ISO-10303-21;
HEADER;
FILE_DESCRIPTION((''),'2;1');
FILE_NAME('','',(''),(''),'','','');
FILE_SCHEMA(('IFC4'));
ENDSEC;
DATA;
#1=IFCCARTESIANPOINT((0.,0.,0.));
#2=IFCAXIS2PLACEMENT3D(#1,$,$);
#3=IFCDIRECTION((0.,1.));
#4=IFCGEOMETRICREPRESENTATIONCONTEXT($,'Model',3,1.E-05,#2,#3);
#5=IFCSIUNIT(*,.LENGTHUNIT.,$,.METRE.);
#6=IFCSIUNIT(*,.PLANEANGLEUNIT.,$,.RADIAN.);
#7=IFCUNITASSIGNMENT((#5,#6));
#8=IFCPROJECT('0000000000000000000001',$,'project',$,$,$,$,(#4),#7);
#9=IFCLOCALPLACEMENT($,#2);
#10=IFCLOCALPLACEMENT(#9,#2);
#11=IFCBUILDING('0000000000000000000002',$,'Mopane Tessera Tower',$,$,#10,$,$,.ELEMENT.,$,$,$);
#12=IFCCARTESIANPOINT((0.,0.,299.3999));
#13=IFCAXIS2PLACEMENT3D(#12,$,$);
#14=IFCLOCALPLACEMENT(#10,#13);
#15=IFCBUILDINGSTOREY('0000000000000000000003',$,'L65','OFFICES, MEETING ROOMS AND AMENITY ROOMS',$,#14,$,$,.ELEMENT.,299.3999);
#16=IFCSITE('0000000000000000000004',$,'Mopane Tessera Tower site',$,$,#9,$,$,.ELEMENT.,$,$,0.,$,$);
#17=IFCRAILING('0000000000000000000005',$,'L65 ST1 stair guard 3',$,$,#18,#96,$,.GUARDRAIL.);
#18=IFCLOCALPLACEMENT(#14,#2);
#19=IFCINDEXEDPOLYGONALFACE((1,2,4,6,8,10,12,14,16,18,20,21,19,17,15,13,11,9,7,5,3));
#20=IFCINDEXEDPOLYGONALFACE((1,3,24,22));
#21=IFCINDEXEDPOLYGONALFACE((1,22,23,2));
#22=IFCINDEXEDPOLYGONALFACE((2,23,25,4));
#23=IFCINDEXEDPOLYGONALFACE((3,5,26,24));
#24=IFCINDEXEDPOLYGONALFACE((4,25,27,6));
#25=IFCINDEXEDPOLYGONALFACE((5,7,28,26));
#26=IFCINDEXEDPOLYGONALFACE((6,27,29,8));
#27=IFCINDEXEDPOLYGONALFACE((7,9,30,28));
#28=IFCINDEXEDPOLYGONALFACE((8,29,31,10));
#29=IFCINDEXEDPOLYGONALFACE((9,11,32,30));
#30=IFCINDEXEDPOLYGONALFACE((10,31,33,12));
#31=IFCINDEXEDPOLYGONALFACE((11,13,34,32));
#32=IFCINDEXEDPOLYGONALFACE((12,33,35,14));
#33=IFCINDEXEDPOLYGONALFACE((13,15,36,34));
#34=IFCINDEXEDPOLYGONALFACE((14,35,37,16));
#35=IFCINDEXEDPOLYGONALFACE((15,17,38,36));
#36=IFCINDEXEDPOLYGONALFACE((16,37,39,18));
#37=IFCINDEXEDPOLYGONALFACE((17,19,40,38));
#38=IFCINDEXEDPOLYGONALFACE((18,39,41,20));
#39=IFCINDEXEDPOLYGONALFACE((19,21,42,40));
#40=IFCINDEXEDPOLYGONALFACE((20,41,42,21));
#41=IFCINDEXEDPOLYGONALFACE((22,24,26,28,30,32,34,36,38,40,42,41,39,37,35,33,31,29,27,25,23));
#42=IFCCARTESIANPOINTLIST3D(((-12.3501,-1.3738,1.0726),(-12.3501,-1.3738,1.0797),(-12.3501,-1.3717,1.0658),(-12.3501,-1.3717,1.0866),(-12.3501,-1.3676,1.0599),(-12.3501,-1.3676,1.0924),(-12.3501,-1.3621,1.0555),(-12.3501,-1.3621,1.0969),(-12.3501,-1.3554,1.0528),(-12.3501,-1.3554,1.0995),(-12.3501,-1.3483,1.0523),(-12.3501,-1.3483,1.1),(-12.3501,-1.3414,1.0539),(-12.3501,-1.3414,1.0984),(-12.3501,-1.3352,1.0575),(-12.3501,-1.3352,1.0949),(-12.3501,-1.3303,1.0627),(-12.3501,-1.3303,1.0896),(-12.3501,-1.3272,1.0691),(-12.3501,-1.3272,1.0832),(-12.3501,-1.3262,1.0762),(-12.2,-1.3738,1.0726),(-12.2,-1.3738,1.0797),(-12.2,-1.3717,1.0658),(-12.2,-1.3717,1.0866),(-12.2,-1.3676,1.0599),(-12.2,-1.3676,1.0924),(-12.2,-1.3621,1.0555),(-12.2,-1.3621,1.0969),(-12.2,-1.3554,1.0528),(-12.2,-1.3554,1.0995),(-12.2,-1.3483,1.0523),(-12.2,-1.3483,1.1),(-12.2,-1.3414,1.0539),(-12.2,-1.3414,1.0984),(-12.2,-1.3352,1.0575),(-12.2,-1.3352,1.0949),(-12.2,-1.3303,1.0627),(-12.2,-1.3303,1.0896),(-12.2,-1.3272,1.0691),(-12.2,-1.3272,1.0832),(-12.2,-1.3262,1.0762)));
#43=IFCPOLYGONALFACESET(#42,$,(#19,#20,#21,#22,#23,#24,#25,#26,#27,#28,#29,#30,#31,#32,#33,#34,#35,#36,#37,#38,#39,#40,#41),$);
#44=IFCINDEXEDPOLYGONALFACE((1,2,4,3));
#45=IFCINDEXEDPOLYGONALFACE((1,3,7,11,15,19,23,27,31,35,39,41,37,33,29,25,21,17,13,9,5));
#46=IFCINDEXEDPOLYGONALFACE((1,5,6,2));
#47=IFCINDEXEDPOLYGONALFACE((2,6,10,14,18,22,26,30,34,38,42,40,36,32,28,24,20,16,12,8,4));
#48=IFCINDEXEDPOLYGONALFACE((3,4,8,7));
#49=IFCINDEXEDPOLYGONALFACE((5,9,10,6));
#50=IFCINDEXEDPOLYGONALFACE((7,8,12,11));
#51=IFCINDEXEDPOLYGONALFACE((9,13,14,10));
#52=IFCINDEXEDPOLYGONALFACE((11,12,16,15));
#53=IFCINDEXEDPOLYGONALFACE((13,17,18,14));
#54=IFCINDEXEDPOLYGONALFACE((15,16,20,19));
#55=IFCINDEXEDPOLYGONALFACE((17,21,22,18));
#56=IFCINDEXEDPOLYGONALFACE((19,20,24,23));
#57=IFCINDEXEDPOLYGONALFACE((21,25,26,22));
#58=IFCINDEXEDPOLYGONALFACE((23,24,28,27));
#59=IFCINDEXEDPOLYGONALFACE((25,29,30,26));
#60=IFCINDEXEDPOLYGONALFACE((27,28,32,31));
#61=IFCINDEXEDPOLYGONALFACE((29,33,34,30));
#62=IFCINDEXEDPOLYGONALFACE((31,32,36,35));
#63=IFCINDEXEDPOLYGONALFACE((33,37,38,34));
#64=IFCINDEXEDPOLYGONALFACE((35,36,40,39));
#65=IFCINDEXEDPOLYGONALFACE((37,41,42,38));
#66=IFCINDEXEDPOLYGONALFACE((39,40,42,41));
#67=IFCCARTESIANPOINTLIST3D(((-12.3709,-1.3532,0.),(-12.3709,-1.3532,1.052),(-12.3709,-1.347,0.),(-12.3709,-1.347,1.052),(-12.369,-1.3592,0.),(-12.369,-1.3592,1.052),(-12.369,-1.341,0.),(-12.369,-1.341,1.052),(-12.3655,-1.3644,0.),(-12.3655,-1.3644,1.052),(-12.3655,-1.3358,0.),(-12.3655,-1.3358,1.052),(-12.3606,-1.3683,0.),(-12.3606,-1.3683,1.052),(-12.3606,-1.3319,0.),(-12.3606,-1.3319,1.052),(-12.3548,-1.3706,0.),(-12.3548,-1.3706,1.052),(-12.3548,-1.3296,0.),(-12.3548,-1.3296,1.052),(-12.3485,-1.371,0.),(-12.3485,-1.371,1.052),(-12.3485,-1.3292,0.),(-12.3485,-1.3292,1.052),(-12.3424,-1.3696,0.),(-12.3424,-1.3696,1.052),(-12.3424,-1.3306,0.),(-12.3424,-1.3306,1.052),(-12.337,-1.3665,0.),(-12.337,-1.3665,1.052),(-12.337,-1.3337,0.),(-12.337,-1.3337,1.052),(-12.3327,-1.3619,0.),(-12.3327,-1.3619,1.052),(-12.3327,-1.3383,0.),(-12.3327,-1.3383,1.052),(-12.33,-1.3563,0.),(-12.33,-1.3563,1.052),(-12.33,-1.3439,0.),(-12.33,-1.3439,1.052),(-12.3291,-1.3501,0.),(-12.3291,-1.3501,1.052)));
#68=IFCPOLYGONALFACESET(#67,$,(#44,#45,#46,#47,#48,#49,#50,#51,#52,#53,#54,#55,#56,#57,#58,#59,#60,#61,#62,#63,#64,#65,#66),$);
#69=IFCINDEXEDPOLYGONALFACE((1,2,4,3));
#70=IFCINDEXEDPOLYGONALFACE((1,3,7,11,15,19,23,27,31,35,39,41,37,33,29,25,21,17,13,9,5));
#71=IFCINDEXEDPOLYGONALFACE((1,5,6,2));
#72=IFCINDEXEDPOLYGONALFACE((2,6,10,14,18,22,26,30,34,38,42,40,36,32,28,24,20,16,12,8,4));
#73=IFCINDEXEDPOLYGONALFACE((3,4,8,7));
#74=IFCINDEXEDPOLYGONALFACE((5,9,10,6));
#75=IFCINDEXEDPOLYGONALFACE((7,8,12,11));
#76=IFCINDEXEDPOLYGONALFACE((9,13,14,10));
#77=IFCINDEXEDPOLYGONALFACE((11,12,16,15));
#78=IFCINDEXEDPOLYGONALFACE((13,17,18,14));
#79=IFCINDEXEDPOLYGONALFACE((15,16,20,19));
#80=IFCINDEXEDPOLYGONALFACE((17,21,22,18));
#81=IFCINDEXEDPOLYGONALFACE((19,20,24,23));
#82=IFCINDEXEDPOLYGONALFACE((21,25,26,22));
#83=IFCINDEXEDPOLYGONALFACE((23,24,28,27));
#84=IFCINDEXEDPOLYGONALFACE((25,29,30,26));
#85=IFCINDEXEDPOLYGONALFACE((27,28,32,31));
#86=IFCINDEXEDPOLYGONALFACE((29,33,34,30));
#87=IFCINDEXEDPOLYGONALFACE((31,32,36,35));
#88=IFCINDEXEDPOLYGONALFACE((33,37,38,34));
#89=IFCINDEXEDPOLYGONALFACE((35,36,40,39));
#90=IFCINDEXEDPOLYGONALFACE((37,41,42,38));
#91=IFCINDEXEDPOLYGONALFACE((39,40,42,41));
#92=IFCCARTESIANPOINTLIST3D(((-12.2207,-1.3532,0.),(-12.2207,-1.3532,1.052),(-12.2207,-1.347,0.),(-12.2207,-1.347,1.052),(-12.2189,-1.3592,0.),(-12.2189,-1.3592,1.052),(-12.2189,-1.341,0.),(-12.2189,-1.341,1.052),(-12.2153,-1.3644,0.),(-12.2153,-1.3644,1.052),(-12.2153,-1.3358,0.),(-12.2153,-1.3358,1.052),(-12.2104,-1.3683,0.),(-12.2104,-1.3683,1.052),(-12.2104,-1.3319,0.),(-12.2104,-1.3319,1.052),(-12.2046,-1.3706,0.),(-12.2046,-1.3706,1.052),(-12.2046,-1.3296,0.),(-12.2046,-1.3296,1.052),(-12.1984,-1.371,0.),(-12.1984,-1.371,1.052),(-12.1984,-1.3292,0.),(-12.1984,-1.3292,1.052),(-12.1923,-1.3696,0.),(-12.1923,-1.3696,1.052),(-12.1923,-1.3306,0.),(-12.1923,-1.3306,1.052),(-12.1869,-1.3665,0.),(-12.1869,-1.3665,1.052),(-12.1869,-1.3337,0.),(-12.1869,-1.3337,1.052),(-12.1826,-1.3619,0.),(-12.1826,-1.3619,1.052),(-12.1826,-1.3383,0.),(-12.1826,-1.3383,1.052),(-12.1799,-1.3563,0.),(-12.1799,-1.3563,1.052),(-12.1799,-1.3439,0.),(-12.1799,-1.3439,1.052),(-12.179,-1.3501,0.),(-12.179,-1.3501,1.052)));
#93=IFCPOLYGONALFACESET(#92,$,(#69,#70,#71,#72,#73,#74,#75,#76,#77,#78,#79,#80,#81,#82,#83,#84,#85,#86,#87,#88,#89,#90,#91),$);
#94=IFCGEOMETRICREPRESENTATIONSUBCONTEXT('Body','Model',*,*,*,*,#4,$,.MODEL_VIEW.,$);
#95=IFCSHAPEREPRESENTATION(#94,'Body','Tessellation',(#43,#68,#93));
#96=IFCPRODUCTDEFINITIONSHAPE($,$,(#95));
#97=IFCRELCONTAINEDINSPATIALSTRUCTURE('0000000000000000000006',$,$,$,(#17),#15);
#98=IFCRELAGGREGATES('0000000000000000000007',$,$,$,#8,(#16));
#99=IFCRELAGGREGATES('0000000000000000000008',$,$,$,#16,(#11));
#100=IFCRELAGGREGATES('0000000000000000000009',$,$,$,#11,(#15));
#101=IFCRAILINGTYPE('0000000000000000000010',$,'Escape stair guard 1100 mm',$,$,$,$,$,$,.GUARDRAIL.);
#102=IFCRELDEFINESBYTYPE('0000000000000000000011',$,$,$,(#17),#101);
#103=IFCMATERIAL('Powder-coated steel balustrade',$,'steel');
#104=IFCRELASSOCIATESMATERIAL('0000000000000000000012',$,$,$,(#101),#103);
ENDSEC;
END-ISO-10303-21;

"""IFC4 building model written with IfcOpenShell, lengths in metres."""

from ifc_helpers import new_model, si_unit, direction, frame, origin, origin_2d, place, context, subcontext, project, spatial, circle, extrude, material, type_object, element, save


model = new_model("IFC4")

# Units and contexts
model_context = context("Model", 3, precision=1e-05, world=origin(), true_north=direction((0.0, 1.0)))
body_context = subcontext(model_context, "Body", "Model", "MODEL_VIEW")
ifc_project = project(units=[si_unit("LENGTHUNIT", "METRE"), si_unit("PLANEANGLEUNIT", "RADIAN")], contexts=[model_context])

# Site, building, storey
site_placement = place(None, origin())
site = spatial("IfcSite", under=ifc_project, at=site_placement, Name="Mopane Tessera Tower site", CompositionType="ELEMENT", RefElevation=0.0)
building_placement = place(site_placement, origin())
building = spatial("IfcBuilding", under=site, at=building_placement, Name="Mopane Tessera Tower", CompositionType="ELEMENT")
storey_placement = place(building_placement, frame((0.0, 0.0, 299.3999)))
storey = spatial("IfcBuildingStorey", under=building, at=storey_placement, Name="L65", Description="OFFICES, MEETING ROOMS AND AMENITY ROOMS", CompositionType="ELEMENT", Elevation=299.3999)

# Railing
ifc_material_1 = material(Name="Powder-coated steel balustrade", Category="steel")
railing_type_1 = type_object("IfcRailingType", Name="Escape stair guard 1100 mm", PredefinedType="GUARDRAIL", material=ifc_material_1)
railing_1_placement = place(storey_placement, frame((-12.3501, -1.3501, 0.0)))
element("IfcRailing", 1, at=railing_1_placement, inside=storey, type_object=railing_type_1, Name="L65 ST1 stair guard 3", PredefinedType="GUARDRAIL", context=body_context, shape_type="SweptSolid", body=[
    extrude(circle(Radius=0.0239, at=origin_2d()), frame((0.0, 0.0, 1.0762), z_axis=(1.0, 0.0, 0.0), x_axis=(0.0, 1.0, 0.0)), (0.0, 0.0, 1.0), 0.1501),
    extrude(circle(Radius=0.021, at=origin_2d()), origin(), (0.0, 0.0, 1.0), 1.052),
    extrude(circle(Radius=0.021, at=origin_2d()), frame((0.1501, 0.0, 0.0)), (0.0, 0.0, 1.0), 1.052),
])

save(model, "model.ifc")
